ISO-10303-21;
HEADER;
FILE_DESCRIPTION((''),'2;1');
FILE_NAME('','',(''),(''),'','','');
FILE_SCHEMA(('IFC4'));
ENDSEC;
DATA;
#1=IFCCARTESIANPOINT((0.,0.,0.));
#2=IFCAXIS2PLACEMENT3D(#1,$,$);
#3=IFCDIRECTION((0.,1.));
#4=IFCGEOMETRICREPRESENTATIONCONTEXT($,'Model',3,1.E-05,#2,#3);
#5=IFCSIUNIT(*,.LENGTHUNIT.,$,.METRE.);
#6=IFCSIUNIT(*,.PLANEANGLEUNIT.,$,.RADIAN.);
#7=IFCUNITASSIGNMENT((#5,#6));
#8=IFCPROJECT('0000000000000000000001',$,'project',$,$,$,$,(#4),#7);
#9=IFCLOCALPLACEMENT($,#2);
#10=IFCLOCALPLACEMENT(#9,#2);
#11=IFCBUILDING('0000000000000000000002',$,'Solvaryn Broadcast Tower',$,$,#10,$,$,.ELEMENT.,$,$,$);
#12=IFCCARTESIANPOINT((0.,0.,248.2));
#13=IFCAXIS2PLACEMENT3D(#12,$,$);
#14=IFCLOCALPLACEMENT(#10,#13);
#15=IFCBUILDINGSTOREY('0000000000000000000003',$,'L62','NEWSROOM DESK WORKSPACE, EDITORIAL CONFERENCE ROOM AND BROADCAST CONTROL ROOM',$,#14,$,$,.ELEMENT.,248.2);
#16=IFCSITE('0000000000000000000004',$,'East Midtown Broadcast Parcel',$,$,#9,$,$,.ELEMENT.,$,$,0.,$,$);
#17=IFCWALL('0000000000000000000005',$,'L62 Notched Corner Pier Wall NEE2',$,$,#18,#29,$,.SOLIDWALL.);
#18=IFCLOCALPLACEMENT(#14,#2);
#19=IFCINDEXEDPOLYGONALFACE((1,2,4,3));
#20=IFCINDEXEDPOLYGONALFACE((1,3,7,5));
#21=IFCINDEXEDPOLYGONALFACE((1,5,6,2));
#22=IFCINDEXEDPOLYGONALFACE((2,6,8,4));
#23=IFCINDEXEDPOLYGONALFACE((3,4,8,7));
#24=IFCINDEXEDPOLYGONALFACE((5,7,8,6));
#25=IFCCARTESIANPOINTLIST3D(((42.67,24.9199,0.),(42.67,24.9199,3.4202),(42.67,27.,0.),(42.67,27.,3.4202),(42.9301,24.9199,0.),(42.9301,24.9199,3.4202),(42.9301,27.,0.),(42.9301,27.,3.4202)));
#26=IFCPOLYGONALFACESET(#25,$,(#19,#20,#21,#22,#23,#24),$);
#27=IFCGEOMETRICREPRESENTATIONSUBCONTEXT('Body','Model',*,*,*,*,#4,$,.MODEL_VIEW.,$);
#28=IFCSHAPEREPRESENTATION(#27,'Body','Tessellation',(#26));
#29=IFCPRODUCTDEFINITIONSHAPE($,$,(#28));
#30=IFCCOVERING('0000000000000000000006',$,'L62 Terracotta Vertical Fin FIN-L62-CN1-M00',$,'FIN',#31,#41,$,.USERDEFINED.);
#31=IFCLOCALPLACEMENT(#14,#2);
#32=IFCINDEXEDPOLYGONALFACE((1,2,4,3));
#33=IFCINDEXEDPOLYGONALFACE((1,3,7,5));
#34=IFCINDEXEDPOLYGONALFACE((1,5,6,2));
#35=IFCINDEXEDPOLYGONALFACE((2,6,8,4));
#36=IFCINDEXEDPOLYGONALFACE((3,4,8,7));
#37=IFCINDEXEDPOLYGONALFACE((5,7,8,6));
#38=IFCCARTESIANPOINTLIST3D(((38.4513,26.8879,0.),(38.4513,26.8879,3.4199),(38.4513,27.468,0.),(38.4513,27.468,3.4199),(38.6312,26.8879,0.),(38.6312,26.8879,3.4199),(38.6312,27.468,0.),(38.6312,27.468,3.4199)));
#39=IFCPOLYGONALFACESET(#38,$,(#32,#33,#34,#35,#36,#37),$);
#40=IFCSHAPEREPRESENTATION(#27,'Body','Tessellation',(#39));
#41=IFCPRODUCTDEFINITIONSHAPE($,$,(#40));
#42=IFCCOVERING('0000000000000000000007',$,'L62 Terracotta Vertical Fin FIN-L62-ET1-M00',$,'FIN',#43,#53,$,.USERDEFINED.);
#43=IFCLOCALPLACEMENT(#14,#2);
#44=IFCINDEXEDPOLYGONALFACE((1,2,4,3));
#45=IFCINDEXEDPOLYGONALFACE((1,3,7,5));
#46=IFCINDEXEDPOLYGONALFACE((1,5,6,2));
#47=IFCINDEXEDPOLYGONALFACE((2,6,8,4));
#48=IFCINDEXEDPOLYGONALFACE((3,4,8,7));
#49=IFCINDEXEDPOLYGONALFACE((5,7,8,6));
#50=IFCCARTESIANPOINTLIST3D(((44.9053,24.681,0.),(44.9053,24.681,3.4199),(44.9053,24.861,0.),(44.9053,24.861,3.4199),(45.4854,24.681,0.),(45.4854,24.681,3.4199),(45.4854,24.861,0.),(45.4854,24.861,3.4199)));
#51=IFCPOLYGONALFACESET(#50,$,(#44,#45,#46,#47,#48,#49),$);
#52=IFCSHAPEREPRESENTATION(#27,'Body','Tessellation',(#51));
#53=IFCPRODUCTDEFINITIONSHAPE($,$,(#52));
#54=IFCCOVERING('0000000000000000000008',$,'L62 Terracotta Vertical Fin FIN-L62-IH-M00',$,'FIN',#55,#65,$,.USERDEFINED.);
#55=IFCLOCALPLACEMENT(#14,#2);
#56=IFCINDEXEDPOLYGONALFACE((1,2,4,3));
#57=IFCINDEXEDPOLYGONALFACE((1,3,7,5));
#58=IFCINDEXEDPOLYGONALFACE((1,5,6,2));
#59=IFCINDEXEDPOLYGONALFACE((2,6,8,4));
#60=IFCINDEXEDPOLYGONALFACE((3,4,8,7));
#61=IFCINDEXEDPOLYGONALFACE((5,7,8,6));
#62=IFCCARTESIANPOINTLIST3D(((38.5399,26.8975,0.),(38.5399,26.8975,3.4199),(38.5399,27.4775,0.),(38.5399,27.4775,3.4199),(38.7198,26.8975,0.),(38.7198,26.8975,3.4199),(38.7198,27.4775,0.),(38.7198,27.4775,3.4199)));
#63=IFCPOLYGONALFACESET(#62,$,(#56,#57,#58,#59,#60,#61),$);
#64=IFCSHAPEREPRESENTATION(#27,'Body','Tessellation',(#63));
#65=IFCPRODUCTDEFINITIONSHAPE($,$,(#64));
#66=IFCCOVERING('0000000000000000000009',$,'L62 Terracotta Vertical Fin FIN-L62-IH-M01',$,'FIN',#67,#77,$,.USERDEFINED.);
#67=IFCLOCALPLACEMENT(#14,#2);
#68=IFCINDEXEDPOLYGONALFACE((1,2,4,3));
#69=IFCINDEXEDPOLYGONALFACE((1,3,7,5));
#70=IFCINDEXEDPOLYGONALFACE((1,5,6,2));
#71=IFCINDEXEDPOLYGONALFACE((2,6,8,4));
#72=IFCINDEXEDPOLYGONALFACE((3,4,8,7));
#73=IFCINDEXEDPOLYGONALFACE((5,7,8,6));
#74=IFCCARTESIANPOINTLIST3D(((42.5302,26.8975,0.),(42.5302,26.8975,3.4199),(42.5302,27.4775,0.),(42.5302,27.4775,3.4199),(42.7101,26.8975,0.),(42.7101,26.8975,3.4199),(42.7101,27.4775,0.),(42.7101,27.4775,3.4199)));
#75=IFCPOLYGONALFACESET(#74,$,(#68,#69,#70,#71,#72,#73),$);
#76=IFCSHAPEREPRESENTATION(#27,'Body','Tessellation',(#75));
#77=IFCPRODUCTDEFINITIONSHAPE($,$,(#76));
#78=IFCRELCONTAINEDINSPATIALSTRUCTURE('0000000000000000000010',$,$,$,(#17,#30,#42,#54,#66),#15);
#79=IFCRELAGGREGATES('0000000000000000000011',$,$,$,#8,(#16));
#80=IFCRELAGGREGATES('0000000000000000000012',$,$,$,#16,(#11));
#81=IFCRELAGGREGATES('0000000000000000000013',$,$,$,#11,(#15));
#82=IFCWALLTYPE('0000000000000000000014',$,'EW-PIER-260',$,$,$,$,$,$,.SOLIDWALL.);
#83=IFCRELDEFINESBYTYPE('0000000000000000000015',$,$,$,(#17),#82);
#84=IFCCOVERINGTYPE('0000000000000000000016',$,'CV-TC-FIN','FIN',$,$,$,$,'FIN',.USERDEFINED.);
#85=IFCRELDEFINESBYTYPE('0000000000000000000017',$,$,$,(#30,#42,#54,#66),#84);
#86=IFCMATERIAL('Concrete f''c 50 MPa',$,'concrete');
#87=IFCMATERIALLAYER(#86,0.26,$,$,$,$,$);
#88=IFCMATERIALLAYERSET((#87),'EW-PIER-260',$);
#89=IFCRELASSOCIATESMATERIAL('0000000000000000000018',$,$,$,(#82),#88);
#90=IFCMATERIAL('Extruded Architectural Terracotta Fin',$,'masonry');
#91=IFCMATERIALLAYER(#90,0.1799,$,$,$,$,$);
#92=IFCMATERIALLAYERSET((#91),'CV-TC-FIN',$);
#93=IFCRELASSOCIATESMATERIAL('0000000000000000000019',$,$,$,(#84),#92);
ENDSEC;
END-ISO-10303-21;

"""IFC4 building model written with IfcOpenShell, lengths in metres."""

from ifc_helpers import new_model, si_unit, direction, frame, frame_2d, origin, origin_2d, place, context, subcontext, project, spatial, rectangle, extrude, material, layer, layer_set, type_object, element, save


model = new_model("IFC4")

# Units and contexts
model_context = context("Model", 3, precision=1e-05, world=origin(), true_north=direction((0.0, 1.0)))
body_context = subcontext(model_context, "Body", "Model", "MODEL_VIEW")
ifc_project = project(units=[si_unit("LENGTHUNIT", "METRE"), si_unit("PLANEANGLEUNIT", "RADIAN")], contexts=[model_context])

# Site, building, storey
site_placement = place(None, origin())
site = spatial("IfcSite", under=ifc_project, at=site_placement, Name="East Midtown Broadcast Parcel", CompositionType="ELEMENT", RefElevation=0.0)
building_placement = place(site_placement, origin())
building = spatial("IfcBuilding", under=site, at=building_placement, Name="Solvaryn Broadcast Tower", CompositionType="ELEMENT")
storey_placement = place(building_placement, frame((0.0, 0.0, 248.2)))
storey = spatial("IfcBuildingStorey", under=building, at=storey_placement, Name="L62", Description="NEWSROOM DESK WORKSPACE, EDITORIAL CONFERENCE ROOM AND BROADCAST CONTROL ROOM", CompositionType="ELEMENT", Elevation=248.2)

# Wall
ifc_material_1 = material(Name="Concrete f'c 50 MPa", Category="concrete")
ifc_layer_1 = layer(ifc_material_1, 0.26)
ifc_layer_set_1 = layer_set([ifc_layer_1], Name="EW-PIER-260")
wall_type_1 = type_object("IfcWallType", Name="EW-PIER-260", PredefinedType="SOLIDWALL", material=ifc_layer_set_1)
wall_1_placement = place(storey_placement, frame((42.8, 24.9199, 0.0), z_axis=(0.0, 0.0, 1.0), x_axis=(0.0, 1.0, 0.0)))
element("IfcWall", 1, at=wall_1_placement, inside=storey, type_object=wall_type_1, Name="L62 Notched Corner Pier Wall NEE2", PredefinedType="SOLIDWALL", context=body_context, shape_type="SweptSolid", body=[
    extrude(rectangle(XDim=2.0801, YDim=0.26, at=frame_2d((1.04, 0.0))), origin(), (0.0, 0.0, 1.0), 3.4202),
])

# Coverings
ifc_material_2 = material(Name="Extruded Architectural Terracotta Fin", Category="masonry")
ifc_layer_2 = layer(ifc_material_2, 0.1799)
ifc_layer_set_2 = layer_set([ifc_layer_2], Name="CV-TC-FIN")
covering_type = type_object("IfcCoveringType", Name="CV-TC-FIN", Description="FIN", ElementType="FIN", PredefinedType="USERDEFINED", material=ifc_layer_set_2)
covering_1_placement = place(storey_placement, frame((38.5413, 27.178, 0.0), z_axis=(0.0, 0.0, 1.0), x_axis=(1.0, 0.0, 0.0)))
element("IfcCovering", 2, at=covering_1_placement, inside=storey, type_object=covering_type, Name="L62 Terracotta Vertical Fin FIN-L62-CN1-M00", ObjectType="FIN", PredefinedType="USERDEFINED", context=body_context, shape_type="SweptSolid", body=[
    extrude(rectangle(XDim=0.1799, YDim=0.5801, at=origin_2d()), origin(), (0.0, 0.0, 1.0), 3.4199),
])
covering_2_placement = place(storey_placement, frame((45.1953, 24.771, 0.0), z_axis=(0.0, 0.0, 1.0), x_axis=(1.0, 0.0, 0.0)))
element("IfcCovering", 3, at=covering_2_placement, inside=storey, type_object=covering_type, Name="L62 Terracotta Vertical Fin FIN-L62-ET1-M00", ObjectType="FIN", PredefinedType="USERDEFINED", context=body_context, shape_type="SweptSolid", body=[
    extrude(rectangle(XDim=0.5801, YDim=0.1799, at=origin_2d()), origin(), (0.0, 0.0, 1.0), 3.4199),
])
for number, where, z_axis, x_axis, name in (
    (4, (38.6299, 27.1875, 0.0), (0.0, 0.0, 1.0), (1.0, 0.0, 0.0), "L62 Terracotta Vertical Fin FIN-L62-IH-M00"),
    (5, (42.6201, 27.1875, 0.0), (0.0, 0.0, 1.0), (1.0, 0.0, 0.0), "L62 Terracotta Vertical Fin FIN-L62-IH-M01"),
):
    element("IfcCovering", number, at=place(storey_placement, frame(where, z_axis=z_axis, x_axis=x_axis)), inside=storey, type_object=covering_type, Name=name, ObjectType="FIN", PredefinedType="USERDEFINED", context=body_context, shape_type="SweptSolid", body=[
        extrude(rectangle(XDim=0.1799, YDim=0.5801, at=origin_2d()), origin(), (0.0, 0.0, 1.0), 3.4199),
    ])

save(model, "model.ifc")
